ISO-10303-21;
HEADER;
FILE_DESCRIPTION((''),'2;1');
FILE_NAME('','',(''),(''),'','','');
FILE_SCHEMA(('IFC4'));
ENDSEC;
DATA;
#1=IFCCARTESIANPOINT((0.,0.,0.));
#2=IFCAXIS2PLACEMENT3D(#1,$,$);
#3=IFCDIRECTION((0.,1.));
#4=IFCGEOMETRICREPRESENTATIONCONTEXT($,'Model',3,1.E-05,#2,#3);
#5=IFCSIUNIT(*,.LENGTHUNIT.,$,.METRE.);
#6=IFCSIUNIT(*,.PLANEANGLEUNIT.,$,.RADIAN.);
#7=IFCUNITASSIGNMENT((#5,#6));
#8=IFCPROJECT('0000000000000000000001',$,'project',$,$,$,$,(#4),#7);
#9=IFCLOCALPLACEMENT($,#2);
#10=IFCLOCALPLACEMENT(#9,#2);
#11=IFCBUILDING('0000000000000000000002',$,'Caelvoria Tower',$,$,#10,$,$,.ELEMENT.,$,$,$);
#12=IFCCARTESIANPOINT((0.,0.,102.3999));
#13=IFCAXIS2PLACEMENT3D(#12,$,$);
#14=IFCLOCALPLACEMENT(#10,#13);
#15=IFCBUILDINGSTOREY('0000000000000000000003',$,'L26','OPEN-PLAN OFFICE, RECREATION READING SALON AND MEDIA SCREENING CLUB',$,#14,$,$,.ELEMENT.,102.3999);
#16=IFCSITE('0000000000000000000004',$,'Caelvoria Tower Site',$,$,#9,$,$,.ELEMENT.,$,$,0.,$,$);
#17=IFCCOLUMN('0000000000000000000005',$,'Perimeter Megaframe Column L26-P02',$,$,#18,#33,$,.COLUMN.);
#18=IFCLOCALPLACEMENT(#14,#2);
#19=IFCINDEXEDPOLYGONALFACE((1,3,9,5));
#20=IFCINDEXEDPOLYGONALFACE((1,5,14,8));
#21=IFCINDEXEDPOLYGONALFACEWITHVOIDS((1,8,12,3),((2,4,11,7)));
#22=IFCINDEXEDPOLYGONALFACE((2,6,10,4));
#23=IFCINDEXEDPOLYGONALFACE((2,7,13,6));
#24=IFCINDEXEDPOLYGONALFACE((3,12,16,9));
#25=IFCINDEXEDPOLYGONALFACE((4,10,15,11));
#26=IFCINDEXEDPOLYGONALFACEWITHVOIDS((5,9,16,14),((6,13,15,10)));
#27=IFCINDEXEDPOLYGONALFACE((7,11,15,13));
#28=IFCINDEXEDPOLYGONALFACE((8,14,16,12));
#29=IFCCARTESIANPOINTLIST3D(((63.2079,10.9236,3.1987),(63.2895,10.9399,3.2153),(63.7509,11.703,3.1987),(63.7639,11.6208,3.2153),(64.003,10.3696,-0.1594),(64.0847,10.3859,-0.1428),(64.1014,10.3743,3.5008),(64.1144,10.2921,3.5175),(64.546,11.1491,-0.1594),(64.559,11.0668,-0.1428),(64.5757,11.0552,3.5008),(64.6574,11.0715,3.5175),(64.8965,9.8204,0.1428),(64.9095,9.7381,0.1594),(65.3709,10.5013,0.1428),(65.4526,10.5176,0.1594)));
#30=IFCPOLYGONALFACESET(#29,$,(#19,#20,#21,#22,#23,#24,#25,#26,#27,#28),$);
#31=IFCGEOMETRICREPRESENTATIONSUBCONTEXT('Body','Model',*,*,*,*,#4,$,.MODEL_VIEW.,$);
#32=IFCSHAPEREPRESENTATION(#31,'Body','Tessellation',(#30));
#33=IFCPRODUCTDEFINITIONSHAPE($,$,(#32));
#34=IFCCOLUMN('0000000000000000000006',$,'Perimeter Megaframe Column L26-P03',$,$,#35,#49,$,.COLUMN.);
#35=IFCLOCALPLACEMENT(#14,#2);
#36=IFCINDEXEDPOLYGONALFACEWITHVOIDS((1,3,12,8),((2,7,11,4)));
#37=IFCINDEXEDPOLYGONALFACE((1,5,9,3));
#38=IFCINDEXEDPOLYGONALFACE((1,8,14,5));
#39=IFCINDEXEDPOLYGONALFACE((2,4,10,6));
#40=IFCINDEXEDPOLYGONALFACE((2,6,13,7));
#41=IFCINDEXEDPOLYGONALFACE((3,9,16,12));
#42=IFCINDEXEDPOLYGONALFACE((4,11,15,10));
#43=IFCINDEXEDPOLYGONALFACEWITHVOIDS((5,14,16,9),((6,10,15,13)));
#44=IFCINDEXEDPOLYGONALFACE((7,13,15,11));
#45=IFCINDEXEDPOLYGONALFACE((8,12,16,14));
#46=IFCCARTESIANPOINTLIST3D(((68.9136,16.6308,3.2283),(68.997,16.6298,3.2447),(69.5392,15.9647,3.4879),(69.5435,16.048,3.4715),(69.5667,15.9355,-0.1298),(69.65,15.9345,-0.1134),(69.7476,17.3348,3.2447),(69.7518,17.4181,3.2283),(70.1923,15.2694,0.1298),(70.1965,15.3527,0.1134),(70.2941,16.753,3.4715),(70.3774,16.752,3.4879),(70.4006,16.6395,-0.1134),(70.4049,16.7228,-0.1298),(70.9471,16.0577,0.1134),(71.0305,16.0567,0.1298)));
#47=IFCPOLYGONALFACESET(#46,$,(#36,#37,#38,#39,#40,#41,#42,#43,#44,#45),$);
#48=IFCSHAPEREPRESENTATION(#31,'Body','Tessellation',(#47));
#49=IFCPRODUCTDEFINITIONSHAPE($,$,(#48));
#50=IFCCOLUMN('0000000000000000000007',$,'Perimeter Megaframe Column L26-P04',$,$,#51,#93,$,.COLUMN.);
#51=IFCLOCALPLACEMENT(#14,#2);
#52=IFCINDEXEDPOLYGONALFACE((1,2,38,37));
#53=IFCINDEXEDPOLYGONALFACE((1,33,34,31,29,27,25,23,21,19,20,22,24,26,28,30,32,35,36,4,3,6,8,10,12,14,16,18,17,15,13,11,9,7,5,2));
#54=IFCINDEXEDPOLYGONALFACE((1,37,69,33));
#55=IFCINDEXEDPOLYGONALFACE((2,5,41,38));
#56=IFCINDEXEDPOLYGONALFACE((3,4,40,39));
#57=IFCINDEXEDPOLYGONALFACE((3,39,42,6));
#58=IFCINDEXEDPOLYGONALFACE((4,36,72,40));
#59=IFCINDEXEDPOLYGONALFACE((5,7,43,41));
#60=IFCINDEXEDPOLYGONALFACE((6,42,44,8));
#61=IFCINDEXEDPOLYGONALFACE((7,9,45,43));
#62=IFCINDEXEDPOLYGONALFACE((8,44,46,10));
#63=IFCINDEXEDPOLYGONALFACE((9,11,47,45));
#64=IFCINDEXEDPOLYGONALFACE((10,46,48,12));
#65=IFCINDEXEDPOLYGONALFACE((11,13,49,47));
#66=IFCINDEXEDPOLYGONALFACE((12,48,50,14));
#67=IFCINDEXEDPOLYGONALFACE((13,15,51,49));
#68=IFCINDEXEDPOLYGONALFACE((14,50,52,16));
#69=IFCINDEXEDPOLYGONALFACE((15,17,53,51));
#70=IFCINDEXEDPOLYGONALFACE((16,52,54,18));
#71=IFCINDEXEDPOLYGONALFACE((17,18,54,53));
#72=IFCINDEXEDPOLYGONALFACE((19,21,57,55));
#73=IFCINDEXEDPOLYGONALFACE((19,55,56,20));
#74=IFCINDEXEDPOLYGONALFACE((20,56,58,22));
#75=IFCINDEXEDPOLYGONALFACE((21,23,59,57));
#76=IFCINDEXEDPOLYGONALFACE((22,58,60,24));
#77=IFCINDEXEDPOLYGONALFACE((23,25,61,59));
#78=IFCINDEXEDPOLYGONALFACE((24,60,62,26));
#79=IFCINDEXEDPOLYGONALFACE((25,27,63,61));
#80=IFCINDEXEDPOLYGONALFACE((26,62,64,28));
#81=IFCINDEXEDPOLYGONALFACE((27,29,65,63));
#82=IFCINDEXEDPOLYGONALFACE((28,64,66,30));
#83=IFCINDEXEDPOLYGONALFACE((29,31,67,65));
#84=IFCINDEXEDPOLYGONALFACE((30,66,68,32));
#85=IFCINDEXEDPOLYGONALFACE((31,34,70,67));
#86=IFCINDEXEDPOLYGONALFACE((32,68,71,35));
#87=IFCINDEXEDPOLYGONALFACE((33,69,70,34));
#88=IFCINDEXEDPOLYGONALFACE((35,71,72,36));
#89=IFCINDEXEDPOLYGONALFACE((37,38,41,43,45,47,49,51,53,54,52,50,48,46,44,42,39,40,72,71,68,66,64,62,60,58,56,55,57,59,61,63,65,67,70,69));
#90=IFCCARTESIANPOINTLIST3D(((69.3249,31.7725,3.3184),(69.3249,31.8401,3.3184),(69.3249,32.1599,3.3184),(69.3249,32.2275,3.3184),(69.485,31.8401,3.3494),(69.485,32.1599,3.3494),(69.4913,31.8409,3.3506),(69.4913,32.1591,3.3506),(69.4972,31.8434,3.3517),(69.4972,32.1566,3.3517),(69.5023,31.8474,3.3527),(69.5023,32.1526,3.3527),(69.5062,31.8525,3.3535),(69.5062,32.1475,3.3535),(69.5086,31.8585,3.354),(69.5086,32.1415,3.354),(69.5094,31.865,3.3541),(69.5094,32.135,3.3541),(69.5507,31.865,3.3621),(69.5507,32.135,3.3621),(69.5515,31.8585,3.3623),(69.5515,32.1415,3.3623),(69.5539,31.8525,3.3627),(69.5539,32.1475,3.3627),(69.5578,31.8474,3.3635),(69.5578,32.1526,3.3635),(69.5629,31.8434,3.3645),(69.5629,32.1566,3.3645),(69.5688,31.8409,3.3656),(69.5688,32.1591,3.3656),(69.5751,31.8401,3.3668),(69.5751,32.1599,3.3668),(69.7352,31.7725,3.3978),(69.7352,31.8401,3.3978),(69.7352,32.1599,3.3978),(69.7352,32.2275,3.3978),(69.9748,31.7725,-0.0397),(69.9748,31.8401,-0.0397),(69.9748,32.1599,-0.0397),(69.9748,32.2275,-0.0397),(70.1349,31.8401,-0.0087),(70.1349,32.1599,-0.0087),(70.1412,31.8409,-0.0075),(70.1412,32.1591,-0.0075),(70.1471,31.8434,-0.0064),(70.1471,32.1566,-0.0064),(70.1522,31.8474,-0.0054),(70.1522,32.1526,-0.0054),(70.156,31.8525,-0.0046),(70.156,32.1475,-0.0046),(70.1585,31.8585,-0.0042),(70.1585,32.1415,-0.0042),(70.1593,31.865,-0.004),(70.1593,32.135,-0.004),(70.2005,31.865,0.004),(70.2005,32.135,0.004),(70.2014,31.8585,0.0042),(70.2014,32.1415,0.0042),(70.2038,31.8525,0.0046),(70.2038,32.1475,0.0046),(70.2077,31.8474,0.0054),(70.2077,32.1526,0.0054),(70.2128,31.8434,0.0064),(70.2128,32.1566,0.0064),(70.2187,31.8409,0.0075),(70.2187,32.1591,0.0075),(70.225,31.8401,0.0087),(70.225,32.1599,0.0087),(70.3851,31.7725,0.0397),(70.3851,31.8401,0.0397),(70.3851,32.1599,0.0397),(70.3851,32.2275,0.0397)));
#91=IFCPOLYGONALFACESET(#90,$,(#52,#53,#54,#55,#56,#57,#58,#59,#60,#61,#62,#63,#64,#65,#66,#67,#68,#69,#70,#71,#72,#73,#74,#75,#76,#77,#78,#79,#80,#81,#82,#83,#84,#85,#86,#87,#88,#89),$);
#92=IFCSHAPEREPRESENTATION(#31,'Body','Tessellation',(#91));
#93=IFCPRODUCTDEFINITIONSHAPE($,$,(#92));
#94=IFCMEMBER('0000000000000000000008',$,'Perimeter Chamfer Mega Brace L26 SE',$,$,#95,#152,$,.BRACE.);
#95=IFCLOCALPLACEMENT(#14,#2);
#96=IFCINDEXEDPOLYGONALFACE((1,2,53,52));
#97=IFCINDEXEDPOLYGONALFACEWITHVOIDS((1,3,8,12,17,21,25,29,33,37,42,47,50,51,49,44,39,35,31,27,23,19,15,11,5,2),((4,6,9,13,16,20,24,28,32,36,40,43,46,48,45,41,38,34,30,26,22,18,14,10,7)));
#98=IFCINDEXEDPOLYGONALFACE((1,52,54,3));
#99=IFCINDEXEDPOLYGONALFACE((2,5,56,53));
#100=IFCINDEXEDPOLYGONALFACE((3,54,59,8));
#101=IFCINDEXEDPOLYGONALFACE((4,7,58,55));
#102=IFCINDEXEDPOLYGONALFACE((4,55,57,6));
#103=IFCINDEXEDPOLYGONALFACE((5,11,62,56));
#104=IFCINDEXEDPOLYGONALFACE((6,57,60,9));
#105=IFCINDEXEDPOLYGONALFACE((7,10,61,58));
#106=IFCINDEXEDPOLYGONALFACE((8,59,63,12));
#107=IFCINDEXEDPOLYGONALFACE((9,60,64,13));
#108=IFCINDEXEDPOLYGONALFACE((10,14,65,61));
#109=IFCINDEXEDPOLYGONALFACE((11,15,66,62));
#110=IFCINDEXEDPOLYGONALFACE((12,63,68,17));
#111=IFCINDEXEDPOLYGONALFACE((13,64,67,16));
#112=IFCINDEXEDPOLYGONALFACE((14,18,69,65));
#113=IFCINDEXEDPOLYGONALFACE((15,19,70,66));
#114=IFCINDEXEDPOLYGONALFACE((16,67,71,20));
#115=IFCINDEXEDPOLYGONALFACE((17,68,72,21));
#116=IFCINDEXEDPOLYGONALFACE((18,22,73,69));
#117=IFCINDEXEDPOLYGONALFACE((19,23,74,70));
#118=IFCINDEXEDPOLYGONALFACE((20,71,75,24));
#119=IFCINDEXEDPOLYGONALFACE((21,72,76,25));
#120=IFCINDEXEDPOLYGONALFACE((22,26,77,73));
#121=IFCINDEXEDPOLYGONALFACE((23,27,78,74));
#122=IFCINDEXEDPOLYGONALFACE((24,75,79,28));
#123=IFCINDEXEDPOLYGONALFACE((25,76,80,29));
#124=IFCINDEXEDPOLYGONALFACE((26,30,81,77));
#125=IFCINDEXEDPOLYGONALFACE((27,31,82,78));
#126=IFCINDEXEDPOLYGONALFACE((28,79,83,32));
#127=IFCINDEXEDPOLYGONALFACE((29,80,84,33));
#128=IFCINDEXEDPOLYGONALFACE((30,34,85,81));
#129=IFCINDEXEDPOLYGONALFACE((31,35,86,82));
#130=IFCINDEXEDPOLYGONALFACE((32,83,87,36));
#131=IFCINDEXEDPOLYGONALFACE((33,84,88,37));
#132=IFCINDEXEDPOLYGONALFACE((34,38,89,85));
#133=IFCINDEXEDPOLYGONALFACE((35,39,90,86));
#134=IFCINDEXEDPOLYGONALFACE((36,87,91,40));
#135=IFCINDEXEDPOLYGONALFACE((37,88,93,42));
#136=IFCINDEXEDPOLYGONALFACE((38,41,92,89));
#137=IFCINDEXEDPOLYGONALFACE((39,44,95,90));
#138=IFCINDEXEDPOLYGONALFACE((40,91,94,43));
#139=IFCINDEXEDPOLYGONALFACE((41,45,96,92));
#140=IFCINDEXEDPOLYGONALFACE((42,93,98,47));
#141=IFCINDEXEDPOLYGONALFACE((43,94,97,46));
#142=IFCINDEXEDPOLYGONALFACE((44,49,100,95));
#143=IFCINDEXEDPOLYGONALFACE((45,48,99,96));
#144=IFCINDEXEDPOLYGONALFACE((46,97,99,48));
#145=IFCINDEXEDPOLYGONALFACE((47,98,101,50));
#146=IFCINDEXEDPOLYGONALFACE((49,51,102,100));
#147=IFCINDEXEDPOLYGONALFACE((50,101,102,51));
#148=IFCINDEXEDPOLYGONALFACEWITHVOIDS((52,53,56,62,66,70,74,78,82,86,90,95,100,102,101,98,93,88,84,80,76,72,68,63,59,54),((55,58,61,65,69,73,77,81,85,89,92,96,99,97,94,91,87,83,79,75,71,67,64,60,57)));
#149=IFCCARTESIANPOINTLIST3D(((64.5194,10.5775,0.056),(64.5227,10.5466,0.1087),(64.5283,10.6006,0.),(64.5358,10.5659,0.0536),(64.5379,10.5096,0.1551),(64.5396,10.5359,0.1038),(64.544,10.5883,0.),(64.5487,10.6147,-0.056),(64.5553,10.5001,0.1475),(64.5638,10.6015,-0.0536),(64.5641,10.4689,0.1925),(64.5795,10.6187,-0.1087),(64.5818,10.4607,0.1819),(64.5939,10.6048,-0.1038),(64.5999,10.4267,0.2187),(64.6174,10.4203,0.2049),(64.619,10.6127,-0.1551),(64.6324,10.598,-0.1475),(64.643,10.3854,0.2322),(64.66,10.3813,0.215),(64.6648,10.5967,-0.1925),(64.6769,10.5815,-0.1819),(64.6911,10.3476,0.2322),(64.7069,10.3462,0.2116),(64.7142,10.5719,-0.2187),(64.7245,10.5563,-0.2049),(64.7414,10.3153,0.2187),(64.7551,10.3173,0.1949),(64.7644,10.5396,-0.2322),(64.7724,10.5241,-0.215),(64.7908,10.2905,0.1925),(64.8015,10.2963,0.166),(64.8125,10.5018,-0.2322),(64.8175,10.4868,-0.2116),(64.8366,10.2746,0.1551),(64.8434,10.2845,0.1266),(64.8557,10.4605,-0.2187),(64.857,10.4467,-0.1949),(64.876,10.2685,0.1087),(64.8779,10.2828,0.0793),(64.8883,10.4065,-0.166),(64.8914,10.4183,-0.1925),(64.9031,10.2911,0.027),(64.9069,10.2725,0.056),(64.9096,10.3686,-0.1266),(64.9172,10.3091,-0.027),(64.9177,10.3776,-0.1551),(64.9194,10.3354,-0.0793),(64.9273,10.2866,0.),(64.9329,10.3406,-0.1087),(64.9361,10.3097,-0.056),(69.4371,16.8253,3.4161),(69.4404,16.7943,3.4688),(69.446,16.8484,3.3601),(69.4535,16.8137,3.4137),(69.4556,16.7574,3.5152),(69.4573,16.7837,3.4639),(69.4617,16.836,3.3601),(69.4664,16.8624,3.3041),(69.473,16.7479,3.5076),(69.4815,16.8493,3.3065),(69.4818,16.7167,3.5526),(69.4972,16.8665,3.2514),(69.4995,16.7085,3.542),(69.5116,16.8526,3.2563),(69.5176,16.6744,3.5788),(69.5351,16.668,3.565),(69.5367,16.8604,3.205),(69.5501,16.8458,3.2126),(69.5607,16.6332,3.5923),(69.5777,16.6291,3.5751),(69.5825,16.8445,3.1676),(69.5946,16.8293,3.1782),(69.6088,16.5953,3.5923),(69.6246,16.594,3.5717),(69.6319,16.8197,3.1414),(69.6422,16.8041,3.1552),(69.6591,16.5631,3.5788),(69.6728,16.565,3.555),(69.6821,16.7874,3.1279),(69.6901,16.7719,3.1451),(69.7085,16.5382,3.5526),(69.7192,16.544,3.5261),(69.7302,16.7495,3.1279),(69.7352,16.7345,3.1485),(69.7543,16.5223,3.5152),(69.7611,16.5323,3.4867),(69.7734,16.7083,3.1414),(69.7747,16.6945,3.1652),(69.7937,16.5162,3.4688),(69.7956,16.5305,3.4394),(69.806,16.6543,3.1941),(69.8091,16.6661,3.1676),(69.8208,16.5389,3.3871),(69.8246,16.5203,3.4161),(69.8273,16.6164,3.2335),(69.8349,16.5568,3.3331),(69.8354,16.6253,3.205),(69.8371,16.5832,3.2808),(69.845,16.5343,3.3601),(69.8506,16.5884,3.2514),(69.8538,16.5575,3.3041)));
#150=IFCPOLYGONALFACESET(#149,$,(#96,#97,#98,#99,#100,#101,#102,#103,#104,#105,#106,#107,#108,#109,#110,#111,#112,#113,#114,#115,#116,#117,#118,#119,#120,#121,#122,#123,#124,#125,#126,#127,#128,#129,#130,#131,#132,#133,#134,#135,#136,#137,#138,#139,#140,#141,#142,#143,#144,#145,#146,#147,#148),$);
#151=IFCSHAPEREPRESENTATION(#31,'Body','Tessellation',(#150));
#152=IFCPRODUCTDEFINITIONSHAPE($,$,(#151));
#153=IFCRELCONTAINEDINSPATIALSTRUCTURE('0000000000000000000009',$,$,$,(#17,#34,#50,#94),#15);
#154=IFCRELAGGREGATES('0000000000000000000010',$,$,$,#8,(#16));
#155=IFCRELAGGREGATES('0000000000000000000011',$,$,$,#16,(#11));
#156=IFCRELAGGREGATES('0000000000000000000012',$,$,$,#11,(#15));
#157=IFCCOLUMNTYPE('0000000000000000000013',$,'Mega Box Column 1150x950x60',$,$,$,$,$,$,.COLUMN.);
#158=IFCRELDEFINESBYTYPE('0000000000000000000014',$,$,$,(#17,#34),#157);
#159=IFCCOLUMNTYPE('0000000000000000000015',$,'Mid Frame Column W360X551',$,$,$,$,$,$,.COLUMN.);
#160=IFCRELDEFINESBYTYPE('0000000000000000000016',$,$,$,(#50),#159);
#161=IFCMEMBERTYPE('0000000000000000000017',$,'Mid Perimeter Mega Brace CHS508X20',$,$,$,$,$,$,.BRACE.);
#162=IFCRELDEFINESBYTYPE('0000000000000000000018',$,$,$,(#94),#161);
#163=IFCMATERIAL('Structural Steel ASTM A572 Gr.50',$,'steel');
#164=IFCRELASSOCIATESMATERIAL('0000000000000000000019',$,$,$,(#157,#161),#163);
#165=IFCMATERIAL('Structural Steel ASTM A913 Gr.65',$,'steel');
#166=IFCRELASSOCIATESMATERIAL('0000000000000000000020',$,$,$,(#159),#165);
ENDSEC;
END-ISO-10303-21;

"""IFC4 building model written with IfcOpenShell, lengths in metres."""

from ifc_helpers import new_model, si_unit, direction, frame, origin, origin_2d, place, context, subcontext, project, spatial, hollow_rectangle, hollow_circle, i_section, extrude, material, material_profile, profile_set, type_object, element, save


model = new_model("IFC4")

# Units and contexts
model_context = context("Model", 3, precision=1e-05, world=origin(), true_north=direction((0.0, 1.0)))
body_context = subcontext(model_context, "Body", "Model", "MODEL_VIEW")
ifc_project = project(units=[si_unit("LENGTHUNIT", "METRE"), si_unit("PLANEANGLEUNIT", "RADIAN")], contexts=[model_context])

# Site, building, storey
site_placement = place(None, origin())
site = spatial("IfcSite", under=ifc_project, at=site_placement, Name="Caelvoria Tower Site", CompositionType="ELEMENT", RefElevation=0.0)
building_placement = place(site_placement, origin())
building = spatial("IfcBuilding", under=site, at=building_placement, Name="Caelvoria Tower", CompositionType="ELEMENT")
storey_placement = place(building_placement, frame((0.0, 0.0, 102.3999)))
storey = spatial("IfcBuildingStorey", under=building, at=storey_placement, Name="L26", Description="OPEN-PLAN OFFICE, RECREATION READING SALON AND MEDIA SCREENING CLUB", CompositionType="ELEMENT", Elevation=102.3999)

# Columns
ifc_material_1 = material(Name="Structural Steel ASTM A572 Gr.50", Category="steel")
ifc_material_profile_1 = material_profile(ifc_material_1, hollow_rectangle(XDim=0.95, YDim=1.1499, WallThickness=0.0601, at=origin_2d()), Name="Structural Steel ASTM A572 Gr.50")
ifc_profile_set_1 = profile_set([ifc_material_profile_1], Name="BOX1150X950X60 - Structural Steel ASTM A572 Gr.50")
column_type_1 = type_object("IfcColumnType", Name="Mega Box Column 1150x950x60", PredefinedType="COLUMN", material=ifc_profile_set_1)
column_1_placement = place(storey_placement, frame((64.7278, 10.4436, 0.0), z_axis=(-0.227503, 0.158491, 0.960793), x_axis=(-0.571618, -0.82052, 0.0)))
element("IfcColumn", 1, at=column_1_placement, inside=storey, type_object=column_type_1, Name="Perimeter Megaframe Column L26-P02", PredefinedType="COLUMN", context=body_context, shape_type="SweptSolid", body=[
    extrude(hollow_rectangle(XDim=0.95, YDim=1.1499, WallThickness=0.0601, at=origin_2d()), origin(), (0.0, 0.0, 1.0), 3.4951),
])
column_2_placement = place(storey_placement, frame((70.2986, 15.9961, 0.0), z_axis=(-0.187074, 0.199172, 0.961943), x_axis=(0.658567, -0.701159, 0.273251)))
element("IfcColumn", 2, at=column_2_placement, inside=storey, type_object=column_type_1, Name="Perimeter Megaframe Column L26-P03", PredefinedType="COLUMN", context=body_context, shape_type="SweptSolid", body=[
    extrude(hollow_rectangle(XDim=0.95, YDim=1.1499, WallThickness=0.0601, at=origin_2d()), origin(), (0.0, 0.0, 1.0), 3.491),
])
ifc_material_2 = material(Name="Structural Steel ASTM A913 Gr.65", Category="steel")
ifc_material_profile_2 = material_profile(ifc_material_2, i_section(OverallWidth=0.418, OverallDepth=0.4551, WebThickness=0.042, FlangeThickness=0.0676, FilletRadius=0.0249, at=origin_2d()), Name="Structural Steel ASTM A913 Gr.65")
ifc_profile_set_2 = profile_set([ifc_material_profile_2], Name="W360X551 - Structural Steel ASTM A913 Gr.65")
column_type_2 = type_object("IfcColumnType", Name="Mid Frame Column W360X551", PredefinedType="COLUMN", material=ifc_profile_set_2)
column_3_placement = place(storey_placement, frame((70.1799, 32.0, 0.0), z_axis=(-0.190004, 0.0, 0.981783), x_axis=(0.981783, 0.0, 0.190004)))
element("IfcColumn", 3, at=column_3_placement, inside=storey, type_object=column_type_2, Name="Perimeter Megaframe Column L26-P04", PredefinedType="COLUMN", context=body_context, shape_type="SweptSolid", body=[
    extrude(i_section(OverallWidth=0.418, OverallDepth=0.4551, WebThickness=0.042, FlangeThickness=0.0676, FilletRadius=0.0249, at=origin_2d()), origin(), (0.0, 0.0, 1.0), 3.4204),
])

# Member
ifc_material_profile_3 = material_profile(ifc_material_1, hollow_circle(Radius=0.2539, WallThickness=0.02, at=origin_2d()), Name="Structural Steel ASTM A572 Gr.50")
ifc_profile_set_3 = profile_set([ifc_material_profile_3], Name="CHS508X20 - Structural Steel ASTM A572 Gr.50")
member_type = type_object("IfcMemberType", Name="Mid Perimeter Mega Brace CHS508X20", PredefinedType="BRACE", material=ifc_profile_set_3)
member_placement = place(storey_placement, frame((64.7278, 10.4436, 0.0), z_axis=(0.569716, 0.723805, 0.389267), x_axis=(-0.785784, 0.618501, 0.0)))
element("IfcMember", 4, at=member_placement, inside=storey, type_object=member_type, Name="Perimeter Chamfer Mega Brace L26 SE", PredefinedType="BRACE", context=body_context, shape_type="SweptSolid", body=[
    extrude(hollow_circle(Radius=0.2539, WallThickness=0.02, at=origin_2d()), origin(), (0.0, 0.0, 1.0), 8.6318),
])

save(model, "model.ifc")
